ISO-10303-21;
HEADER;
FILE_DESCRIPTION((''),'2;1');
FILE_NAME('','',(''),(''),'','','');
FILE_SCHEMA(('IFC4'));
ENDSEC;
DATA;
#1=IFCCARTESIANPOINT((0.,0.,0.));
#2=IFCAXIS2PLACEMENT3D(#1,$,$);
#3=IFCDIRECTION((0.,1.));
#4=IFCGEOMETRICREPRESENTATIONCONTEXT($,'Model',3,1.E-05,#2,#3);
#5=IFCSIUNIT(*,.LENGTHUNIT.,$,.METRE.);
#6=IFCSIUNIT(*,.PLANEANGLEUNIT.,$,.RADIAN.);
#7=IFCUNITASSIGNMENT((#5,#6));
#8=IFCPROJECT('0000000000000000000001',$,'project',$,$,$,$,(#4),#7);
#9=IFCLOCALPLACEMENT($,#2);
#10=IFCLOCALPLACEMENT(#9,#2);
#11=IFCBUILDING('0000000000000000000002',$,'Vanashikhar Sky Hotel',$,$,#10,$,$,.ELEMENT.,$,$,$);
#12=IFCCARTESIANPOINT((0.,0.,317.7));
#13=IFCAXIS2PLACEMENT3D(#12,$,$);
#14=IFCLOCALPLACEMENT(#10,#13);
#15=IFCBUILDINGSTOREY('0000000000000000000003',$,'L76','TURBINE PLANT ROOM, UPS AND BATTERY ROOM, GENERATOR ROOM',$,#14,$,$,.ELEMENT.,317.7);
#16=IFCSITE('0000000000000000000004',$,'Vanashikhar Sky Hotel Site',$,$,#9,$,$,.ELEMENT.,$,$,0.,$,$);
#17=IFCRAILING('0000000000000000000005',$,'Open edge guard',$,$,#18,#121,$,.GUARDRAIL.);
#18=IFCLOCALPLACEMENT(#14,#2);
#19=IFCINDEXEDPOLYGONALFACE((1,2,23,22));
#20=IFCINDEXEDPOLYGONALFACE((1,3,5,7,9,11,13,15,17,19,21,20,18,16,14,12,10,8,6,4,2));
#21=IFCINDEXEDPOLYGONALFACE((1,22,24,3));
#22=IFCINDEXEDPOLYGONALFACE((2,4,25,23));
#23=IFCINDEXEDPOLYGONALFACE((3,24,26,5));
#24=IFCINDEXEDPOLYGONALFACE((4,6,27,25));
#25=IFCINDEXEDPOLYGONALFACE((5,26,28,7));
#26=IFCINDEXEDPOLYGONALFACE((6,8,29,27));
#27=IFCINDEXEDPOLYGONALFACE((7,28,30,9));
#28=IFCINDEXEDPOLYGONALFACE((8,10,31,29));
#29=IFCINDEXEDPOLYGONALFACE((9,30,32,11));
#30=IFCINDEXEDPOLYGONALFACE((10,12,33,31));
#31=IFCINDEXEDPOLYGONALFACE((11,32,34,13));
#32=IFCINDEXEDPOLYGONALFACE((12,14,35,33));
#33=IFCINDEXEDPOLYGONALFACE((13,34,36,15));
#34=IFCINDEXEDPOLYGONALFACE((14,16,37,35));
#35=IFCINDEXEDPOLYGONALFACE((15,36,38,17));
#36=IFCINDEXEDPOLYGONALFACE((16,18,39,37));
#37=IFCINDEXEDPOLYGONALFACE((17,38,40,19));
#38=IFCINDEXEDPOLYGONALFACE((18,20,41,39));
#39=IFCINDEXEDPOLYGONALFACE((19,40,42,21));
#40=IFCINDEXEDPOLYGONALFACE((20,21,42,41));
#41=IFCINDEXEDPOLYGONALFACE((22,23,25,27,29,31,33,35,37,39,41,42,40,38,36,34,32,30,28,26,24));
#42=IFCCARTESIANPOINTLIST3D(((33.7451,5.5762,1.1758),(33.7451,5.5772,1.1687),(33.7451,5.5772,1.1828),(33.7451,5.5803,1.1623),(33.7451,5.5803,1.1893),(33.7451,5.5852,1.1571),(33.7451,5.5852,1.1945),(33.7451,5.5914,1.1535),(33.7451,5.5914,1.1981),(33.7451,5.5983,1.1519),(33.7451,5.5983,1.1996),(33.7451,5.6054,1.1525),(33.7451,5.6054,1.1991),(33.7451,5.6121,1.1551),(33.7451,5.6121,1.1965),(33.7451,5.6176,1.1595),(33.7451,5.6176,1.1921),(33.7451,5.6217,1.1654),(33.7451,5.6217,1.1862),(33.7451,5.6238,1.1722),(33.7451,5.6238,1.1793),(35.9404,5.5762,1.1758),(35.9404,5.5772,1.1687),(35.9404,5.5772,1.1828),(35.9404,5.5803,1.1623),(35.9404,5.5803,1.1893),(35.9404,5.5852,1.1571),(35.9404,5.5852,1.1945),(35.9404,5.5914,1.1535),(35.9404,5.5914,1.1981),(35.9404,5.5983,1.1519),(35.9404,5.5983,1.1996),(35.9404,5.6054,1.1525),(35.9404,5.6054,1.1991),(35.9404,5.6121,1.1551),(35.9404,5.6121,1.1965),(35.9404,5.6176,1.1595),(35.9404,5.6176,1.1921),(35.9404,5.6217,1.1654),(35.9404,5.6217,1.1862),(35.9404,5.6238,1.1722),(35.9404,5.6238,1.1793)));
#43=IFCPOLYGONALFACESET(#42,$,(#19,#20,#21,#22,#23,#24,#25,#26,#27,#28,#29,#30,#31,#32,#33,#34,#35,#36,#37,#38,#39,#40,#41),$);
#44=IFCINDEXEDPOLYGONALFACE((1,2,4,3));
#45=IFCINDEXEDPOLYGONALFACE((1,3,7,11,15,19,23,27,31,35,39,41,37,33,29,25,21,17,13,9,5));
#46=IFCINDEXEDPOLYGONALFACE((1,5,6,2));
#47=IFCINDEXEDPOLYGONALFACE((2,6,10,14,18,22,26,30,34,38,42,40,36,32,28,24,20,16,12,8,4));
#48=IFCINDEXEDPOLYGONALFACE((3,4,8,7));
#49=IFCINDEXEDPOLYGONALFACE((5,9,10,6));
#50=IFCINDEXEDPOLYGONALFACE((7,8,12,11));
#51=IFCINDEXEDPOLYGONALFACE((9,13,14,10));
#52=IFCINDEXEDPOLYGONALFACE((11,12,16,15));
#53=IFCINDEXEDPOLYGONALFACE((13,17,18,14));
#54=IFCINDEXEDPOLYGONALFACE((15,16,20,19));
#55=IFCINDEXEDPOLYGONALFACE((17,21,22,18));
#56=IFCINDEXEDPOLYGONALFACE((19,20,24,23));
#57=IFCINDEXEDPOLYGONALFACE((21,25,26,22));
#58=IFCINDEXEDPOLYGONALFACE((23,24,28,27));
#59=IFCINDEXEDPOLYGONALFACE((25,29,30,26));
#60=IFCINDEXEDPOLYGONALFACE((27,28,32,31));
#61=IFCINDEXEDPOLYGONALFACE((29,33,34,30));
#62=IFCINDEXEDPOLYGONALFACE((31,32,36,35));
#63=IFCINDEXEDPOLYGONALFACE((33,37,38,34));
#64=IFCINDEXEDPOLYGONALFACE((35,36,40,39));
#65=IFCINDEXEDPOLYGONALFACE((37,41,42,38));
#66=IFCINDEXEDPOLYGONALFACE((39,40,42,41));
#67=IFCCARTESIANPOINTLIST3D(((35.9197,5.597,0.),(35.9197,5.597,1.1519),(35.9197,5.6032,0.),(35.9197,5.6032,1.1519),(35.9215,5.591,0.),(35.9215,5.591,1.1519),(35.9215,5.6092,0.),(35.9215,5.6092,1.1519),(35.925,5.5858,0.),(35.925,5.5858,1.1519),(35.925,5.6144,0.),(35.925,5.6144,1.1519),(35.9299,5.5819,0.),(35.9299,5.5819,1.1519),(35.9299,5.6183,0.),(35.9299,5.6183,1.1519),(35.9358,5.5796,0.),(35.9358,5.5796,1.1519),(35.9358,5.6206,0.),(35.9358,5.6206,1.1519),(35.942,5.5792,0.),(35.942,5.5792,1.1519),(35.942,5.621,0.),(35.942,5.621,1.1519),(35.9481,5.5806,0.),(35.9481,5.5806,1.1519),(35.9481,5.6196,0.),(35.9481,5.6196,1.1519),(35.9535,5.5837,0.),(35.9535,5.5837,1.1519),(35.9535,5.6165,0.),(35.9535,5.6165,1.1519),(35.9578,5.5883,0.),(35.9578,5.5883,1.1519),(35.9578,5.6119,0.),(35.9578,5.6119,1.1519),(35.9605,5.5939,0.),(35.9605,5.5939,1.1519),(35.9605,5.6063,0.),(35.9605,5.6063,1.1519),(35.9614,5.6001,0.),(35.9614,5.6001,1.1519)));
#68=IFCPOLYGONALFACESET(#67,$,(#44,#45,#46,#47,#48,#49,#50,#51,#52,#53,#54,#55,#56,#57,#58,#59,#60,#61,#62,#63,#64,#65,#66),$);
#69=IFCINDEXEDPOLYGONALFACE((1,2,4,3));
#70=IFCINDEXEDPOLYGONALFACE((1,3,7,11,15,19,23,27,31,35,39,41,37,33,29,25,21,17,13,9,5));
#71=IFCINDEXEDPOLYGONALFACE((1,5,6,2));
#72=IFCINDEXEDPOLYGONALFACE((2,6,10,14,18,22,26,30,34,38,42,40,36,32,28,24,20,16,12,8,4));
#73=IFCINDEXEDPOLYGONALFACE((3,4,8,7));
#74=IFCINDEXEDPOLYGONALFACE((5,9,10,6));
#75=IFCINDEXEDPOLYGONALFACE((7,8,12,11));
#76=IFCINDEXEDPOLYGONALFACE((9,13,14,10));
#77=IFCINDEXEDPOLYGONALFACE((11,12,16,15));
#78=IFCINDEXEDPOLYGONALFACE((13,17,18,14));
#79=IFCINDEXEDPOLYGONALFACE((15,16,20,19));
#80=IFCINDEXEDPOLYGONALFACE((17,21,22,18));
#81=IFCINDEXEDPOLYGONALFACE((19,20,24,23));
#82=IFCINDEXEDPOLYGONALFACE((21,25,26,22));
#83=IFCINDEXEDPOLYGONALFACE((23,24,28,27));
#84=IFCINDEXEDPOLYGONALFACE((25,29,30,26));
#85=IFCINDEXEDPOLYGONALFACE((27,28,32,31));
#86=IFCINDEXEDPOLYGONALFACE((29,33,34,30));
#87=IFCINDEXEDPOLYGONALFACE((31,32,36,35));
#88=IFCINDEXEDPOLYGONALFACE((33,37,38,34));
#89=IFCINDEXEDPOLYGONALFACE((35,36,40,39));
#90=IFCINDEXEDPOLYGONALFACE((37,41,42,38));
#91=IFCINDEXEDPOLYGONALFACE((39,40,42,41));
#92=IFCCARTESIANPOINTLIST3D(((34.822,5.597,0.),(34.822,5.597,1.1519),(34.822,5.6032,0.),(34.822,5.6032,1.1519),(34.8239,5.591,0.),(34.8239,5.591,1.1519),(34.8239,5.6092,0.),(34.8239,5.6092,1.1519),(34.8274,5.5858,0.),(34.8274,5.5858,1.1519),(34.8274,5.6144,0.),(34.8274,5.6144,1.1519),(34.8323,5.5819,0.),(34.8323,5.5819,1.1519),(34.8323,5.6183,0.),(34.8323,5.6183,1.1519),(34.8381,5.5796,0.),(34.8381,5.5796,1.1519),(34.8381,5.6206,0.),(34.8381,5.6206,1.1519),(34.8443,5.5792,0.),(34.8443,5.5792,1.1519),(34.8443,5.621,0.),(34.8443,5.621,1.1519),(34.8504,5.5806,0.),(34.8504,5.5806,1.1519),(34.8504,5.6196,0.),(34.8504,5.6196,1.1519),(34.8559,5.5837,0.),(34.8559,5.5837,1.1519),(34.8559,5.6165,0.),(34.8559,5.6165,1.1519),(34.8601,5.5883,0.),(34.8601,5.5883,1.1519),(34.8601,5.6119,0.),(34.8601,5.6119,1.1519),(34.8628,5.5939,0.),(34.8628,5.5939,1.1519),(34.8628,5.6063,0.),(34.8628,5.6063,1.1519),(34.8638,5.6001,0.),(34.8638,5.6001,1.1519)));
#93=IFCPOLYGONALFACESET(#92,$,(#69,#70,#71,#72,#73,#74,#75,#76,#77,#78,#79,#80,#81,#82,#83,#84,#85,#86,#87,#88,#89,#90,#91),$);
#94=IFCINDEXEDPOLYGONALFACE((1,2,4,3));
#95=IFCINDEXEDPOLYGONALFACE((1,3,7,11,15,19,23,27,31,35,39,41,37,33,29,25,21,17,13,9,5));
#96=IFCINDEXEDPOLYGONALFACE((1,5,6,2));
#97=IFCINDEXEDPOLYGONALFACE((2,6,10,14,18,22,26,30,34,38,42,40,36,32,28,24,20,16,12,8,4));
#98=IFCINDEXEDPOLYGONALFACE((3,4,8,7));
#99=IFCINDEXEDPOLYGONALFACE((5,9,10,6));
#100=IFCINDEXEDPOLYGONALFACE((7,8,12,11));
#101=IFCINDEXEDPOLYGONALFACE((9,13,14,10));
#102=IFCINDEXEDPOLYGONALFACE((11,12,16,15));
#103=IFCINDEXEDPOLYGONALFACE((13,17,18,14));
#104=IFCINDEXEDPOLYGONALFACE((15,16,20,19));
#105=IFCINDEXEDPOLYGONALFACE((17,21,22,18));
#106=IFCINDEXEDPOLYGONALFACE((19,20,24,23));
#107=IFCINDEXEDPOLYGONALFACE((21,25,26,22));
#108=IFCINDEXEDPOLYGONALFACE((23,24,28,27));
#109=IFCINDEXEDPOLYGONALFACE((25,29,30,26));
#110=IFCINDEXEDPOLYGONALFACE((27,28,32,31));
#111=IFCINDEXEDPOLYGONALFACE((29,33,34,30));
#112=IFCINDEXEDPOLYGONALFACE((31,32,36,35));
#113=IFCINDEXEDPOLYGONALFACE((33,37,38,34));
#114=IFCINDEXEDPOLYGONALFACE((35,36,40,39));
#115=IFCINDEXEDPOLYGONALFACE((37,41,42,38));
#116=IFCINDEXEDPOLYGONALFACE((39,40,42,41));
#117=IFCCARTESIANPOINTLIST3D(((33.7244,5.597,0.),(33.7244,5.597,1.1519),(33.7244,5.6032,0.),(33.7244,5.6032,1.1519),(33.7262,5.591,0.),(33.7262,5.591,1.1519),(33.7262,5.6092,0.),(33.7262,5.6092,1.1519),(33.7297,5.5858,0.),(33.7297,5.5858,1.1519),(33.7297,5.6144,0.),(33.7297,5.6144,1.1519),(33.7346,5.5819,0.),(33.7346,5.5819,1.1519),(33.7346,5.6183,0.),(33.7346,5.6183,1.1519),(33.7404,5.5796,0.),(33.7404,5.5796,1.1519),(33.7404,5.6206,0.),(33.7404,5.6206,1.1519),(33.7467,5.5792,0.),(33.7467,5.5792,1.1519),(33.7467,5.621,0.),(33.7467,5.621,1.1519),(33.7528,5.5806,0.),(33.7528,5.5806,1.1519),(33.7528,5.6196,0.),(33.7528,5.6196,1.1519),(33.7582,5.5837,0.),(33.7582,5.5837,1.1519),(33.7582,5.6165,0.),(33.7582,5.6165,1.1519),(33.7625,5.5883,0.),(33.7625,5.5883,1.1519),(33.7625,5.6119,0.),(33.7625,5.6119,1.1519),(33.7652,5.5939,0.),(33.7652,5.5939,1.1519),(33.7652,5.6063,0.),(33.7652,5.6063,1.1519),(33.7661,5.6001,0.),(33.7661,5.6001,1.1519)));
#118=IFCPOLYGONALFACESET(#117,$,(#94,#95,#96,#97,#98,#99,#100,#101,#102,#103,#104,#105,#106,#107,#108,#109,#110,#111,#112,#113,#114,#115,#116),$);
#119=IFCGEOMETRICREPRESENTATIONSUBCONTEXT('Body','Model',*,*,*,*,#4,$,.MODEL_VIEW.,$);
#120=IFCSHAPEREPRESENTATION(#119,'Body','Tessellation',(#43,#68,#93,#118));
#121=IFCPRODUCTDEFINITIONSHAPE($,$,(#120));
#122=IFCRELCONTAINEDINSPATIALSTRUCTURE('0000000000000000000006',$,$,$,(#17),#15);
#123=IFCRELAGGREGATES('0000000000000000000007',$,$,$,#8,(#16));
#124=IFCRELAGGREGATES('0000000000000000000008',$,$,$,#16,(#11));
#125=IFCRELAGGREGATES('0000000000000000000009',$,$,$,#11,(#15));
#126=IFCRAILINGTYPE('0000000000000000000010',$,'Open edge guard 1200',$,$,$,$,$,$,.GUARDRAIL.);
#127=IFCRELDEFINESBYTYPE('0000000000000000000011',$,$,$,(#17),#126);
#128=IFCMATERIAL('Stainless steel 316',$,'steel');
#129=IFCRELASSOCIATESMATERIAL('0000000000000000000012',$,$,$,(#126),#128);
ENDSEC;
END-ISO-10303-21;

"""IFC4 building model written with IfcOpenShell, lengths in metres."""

from ifc_helpers import new_model, si_unit, direction, frame, origin, origin_2d, place, context, subcontext, project, spatial, circle, extrude, source, transform, mapped, material, type_object, element, save


model = new_model("IFC4")

# Units and contexts
model_context = context("Model", 3, precision=1e-05, world=origin(), true_north=direction((0.0, 1.0)))
body_context = subcontext(model_context, "Body", "Model", "MODEL_VIEW")
ifc_project = project(units=[si_unit("LENGTHUNIT", "METRE"), si_unit("PLANEANGLEUNIT", "RADIAN")], contexts=[model_context])

# Site, building, storey
site_placement = place(None, origin())
site = spatial("IfcSite", under=ifc_project, at=site_placement, Name="Vanashikhar Sky Hotel Site", CompositionType="ELEMENT", RefElevation=0.0)
building_placement = place(site_placement, origin())
building = spatial("IfcBuilding", under=site, at=building_placement, Name="Vanashikhar Sky Hotel", CompositionType="ELEMENT")
storey_placement = place(building_placement, frame((0.0, 0.0, 317.7)))
storey = spatial("IfcBuildingStorey", under=building, at=storey_placement, Name="L76", Description="TURBINE PLANT ROOM, UPS AND BATTERY ROOM, GENERATOR ROOM", CompositionType="ELEMENT", Elevation=317.7)

# Railing
ifc_material_1 = material(Name="Stainless steel 316", Category="steel")
railing_type = type_object("IfcRailingType", Name="Open edge guard 1200", PredefinedType="GUARDRAIL", material=ifc_material_1)
shared_shape_1 = source(origin(), body_context, "Body", "SweptSolid", [
    extrude(circle(Radius=0.0239, at=origin_2d()), frame((0.0, 0.0, 1.1758), z_axis=(-1.0, 0.0, 0.0), x_axis=(0.0, -1.0, 0.0)), (0.0, 0.0, 1.0), 2.1953),
    extrude(circle(Radius=0.021, at=origin_2d()), origin(), (0.0, 0.0, 1.0), 1.1519),
    extrude(circle(Radius=0.021, at=origin_2d()), frame((-1.0977, 0.0, 0.0)), (0.0, 0.0, 1.0), 1.1519),
    extrude(circle(Radius=0.021, at=origin_2d()), frame((-2.1953, 0.0, 0.0)), (0.0, 0.0, 1.0), 1.1519),
])
railing_1_placement = place(storey_placement, frame((35.9404, 5.6001, 0.0)))
element("IfcRailing", 1, at=railing_1_placement, inside=storey, type_object=railing_type, Name="Open edge guard", PredefinedType="GUARDRAIL", context=body_context, shape_type="MappedRepresentation", body=[
    mapped(shared_shape_1, transform((0.0, 0.0, 0.0), scale=1.0)),
])

save(model, "model.ifc")
